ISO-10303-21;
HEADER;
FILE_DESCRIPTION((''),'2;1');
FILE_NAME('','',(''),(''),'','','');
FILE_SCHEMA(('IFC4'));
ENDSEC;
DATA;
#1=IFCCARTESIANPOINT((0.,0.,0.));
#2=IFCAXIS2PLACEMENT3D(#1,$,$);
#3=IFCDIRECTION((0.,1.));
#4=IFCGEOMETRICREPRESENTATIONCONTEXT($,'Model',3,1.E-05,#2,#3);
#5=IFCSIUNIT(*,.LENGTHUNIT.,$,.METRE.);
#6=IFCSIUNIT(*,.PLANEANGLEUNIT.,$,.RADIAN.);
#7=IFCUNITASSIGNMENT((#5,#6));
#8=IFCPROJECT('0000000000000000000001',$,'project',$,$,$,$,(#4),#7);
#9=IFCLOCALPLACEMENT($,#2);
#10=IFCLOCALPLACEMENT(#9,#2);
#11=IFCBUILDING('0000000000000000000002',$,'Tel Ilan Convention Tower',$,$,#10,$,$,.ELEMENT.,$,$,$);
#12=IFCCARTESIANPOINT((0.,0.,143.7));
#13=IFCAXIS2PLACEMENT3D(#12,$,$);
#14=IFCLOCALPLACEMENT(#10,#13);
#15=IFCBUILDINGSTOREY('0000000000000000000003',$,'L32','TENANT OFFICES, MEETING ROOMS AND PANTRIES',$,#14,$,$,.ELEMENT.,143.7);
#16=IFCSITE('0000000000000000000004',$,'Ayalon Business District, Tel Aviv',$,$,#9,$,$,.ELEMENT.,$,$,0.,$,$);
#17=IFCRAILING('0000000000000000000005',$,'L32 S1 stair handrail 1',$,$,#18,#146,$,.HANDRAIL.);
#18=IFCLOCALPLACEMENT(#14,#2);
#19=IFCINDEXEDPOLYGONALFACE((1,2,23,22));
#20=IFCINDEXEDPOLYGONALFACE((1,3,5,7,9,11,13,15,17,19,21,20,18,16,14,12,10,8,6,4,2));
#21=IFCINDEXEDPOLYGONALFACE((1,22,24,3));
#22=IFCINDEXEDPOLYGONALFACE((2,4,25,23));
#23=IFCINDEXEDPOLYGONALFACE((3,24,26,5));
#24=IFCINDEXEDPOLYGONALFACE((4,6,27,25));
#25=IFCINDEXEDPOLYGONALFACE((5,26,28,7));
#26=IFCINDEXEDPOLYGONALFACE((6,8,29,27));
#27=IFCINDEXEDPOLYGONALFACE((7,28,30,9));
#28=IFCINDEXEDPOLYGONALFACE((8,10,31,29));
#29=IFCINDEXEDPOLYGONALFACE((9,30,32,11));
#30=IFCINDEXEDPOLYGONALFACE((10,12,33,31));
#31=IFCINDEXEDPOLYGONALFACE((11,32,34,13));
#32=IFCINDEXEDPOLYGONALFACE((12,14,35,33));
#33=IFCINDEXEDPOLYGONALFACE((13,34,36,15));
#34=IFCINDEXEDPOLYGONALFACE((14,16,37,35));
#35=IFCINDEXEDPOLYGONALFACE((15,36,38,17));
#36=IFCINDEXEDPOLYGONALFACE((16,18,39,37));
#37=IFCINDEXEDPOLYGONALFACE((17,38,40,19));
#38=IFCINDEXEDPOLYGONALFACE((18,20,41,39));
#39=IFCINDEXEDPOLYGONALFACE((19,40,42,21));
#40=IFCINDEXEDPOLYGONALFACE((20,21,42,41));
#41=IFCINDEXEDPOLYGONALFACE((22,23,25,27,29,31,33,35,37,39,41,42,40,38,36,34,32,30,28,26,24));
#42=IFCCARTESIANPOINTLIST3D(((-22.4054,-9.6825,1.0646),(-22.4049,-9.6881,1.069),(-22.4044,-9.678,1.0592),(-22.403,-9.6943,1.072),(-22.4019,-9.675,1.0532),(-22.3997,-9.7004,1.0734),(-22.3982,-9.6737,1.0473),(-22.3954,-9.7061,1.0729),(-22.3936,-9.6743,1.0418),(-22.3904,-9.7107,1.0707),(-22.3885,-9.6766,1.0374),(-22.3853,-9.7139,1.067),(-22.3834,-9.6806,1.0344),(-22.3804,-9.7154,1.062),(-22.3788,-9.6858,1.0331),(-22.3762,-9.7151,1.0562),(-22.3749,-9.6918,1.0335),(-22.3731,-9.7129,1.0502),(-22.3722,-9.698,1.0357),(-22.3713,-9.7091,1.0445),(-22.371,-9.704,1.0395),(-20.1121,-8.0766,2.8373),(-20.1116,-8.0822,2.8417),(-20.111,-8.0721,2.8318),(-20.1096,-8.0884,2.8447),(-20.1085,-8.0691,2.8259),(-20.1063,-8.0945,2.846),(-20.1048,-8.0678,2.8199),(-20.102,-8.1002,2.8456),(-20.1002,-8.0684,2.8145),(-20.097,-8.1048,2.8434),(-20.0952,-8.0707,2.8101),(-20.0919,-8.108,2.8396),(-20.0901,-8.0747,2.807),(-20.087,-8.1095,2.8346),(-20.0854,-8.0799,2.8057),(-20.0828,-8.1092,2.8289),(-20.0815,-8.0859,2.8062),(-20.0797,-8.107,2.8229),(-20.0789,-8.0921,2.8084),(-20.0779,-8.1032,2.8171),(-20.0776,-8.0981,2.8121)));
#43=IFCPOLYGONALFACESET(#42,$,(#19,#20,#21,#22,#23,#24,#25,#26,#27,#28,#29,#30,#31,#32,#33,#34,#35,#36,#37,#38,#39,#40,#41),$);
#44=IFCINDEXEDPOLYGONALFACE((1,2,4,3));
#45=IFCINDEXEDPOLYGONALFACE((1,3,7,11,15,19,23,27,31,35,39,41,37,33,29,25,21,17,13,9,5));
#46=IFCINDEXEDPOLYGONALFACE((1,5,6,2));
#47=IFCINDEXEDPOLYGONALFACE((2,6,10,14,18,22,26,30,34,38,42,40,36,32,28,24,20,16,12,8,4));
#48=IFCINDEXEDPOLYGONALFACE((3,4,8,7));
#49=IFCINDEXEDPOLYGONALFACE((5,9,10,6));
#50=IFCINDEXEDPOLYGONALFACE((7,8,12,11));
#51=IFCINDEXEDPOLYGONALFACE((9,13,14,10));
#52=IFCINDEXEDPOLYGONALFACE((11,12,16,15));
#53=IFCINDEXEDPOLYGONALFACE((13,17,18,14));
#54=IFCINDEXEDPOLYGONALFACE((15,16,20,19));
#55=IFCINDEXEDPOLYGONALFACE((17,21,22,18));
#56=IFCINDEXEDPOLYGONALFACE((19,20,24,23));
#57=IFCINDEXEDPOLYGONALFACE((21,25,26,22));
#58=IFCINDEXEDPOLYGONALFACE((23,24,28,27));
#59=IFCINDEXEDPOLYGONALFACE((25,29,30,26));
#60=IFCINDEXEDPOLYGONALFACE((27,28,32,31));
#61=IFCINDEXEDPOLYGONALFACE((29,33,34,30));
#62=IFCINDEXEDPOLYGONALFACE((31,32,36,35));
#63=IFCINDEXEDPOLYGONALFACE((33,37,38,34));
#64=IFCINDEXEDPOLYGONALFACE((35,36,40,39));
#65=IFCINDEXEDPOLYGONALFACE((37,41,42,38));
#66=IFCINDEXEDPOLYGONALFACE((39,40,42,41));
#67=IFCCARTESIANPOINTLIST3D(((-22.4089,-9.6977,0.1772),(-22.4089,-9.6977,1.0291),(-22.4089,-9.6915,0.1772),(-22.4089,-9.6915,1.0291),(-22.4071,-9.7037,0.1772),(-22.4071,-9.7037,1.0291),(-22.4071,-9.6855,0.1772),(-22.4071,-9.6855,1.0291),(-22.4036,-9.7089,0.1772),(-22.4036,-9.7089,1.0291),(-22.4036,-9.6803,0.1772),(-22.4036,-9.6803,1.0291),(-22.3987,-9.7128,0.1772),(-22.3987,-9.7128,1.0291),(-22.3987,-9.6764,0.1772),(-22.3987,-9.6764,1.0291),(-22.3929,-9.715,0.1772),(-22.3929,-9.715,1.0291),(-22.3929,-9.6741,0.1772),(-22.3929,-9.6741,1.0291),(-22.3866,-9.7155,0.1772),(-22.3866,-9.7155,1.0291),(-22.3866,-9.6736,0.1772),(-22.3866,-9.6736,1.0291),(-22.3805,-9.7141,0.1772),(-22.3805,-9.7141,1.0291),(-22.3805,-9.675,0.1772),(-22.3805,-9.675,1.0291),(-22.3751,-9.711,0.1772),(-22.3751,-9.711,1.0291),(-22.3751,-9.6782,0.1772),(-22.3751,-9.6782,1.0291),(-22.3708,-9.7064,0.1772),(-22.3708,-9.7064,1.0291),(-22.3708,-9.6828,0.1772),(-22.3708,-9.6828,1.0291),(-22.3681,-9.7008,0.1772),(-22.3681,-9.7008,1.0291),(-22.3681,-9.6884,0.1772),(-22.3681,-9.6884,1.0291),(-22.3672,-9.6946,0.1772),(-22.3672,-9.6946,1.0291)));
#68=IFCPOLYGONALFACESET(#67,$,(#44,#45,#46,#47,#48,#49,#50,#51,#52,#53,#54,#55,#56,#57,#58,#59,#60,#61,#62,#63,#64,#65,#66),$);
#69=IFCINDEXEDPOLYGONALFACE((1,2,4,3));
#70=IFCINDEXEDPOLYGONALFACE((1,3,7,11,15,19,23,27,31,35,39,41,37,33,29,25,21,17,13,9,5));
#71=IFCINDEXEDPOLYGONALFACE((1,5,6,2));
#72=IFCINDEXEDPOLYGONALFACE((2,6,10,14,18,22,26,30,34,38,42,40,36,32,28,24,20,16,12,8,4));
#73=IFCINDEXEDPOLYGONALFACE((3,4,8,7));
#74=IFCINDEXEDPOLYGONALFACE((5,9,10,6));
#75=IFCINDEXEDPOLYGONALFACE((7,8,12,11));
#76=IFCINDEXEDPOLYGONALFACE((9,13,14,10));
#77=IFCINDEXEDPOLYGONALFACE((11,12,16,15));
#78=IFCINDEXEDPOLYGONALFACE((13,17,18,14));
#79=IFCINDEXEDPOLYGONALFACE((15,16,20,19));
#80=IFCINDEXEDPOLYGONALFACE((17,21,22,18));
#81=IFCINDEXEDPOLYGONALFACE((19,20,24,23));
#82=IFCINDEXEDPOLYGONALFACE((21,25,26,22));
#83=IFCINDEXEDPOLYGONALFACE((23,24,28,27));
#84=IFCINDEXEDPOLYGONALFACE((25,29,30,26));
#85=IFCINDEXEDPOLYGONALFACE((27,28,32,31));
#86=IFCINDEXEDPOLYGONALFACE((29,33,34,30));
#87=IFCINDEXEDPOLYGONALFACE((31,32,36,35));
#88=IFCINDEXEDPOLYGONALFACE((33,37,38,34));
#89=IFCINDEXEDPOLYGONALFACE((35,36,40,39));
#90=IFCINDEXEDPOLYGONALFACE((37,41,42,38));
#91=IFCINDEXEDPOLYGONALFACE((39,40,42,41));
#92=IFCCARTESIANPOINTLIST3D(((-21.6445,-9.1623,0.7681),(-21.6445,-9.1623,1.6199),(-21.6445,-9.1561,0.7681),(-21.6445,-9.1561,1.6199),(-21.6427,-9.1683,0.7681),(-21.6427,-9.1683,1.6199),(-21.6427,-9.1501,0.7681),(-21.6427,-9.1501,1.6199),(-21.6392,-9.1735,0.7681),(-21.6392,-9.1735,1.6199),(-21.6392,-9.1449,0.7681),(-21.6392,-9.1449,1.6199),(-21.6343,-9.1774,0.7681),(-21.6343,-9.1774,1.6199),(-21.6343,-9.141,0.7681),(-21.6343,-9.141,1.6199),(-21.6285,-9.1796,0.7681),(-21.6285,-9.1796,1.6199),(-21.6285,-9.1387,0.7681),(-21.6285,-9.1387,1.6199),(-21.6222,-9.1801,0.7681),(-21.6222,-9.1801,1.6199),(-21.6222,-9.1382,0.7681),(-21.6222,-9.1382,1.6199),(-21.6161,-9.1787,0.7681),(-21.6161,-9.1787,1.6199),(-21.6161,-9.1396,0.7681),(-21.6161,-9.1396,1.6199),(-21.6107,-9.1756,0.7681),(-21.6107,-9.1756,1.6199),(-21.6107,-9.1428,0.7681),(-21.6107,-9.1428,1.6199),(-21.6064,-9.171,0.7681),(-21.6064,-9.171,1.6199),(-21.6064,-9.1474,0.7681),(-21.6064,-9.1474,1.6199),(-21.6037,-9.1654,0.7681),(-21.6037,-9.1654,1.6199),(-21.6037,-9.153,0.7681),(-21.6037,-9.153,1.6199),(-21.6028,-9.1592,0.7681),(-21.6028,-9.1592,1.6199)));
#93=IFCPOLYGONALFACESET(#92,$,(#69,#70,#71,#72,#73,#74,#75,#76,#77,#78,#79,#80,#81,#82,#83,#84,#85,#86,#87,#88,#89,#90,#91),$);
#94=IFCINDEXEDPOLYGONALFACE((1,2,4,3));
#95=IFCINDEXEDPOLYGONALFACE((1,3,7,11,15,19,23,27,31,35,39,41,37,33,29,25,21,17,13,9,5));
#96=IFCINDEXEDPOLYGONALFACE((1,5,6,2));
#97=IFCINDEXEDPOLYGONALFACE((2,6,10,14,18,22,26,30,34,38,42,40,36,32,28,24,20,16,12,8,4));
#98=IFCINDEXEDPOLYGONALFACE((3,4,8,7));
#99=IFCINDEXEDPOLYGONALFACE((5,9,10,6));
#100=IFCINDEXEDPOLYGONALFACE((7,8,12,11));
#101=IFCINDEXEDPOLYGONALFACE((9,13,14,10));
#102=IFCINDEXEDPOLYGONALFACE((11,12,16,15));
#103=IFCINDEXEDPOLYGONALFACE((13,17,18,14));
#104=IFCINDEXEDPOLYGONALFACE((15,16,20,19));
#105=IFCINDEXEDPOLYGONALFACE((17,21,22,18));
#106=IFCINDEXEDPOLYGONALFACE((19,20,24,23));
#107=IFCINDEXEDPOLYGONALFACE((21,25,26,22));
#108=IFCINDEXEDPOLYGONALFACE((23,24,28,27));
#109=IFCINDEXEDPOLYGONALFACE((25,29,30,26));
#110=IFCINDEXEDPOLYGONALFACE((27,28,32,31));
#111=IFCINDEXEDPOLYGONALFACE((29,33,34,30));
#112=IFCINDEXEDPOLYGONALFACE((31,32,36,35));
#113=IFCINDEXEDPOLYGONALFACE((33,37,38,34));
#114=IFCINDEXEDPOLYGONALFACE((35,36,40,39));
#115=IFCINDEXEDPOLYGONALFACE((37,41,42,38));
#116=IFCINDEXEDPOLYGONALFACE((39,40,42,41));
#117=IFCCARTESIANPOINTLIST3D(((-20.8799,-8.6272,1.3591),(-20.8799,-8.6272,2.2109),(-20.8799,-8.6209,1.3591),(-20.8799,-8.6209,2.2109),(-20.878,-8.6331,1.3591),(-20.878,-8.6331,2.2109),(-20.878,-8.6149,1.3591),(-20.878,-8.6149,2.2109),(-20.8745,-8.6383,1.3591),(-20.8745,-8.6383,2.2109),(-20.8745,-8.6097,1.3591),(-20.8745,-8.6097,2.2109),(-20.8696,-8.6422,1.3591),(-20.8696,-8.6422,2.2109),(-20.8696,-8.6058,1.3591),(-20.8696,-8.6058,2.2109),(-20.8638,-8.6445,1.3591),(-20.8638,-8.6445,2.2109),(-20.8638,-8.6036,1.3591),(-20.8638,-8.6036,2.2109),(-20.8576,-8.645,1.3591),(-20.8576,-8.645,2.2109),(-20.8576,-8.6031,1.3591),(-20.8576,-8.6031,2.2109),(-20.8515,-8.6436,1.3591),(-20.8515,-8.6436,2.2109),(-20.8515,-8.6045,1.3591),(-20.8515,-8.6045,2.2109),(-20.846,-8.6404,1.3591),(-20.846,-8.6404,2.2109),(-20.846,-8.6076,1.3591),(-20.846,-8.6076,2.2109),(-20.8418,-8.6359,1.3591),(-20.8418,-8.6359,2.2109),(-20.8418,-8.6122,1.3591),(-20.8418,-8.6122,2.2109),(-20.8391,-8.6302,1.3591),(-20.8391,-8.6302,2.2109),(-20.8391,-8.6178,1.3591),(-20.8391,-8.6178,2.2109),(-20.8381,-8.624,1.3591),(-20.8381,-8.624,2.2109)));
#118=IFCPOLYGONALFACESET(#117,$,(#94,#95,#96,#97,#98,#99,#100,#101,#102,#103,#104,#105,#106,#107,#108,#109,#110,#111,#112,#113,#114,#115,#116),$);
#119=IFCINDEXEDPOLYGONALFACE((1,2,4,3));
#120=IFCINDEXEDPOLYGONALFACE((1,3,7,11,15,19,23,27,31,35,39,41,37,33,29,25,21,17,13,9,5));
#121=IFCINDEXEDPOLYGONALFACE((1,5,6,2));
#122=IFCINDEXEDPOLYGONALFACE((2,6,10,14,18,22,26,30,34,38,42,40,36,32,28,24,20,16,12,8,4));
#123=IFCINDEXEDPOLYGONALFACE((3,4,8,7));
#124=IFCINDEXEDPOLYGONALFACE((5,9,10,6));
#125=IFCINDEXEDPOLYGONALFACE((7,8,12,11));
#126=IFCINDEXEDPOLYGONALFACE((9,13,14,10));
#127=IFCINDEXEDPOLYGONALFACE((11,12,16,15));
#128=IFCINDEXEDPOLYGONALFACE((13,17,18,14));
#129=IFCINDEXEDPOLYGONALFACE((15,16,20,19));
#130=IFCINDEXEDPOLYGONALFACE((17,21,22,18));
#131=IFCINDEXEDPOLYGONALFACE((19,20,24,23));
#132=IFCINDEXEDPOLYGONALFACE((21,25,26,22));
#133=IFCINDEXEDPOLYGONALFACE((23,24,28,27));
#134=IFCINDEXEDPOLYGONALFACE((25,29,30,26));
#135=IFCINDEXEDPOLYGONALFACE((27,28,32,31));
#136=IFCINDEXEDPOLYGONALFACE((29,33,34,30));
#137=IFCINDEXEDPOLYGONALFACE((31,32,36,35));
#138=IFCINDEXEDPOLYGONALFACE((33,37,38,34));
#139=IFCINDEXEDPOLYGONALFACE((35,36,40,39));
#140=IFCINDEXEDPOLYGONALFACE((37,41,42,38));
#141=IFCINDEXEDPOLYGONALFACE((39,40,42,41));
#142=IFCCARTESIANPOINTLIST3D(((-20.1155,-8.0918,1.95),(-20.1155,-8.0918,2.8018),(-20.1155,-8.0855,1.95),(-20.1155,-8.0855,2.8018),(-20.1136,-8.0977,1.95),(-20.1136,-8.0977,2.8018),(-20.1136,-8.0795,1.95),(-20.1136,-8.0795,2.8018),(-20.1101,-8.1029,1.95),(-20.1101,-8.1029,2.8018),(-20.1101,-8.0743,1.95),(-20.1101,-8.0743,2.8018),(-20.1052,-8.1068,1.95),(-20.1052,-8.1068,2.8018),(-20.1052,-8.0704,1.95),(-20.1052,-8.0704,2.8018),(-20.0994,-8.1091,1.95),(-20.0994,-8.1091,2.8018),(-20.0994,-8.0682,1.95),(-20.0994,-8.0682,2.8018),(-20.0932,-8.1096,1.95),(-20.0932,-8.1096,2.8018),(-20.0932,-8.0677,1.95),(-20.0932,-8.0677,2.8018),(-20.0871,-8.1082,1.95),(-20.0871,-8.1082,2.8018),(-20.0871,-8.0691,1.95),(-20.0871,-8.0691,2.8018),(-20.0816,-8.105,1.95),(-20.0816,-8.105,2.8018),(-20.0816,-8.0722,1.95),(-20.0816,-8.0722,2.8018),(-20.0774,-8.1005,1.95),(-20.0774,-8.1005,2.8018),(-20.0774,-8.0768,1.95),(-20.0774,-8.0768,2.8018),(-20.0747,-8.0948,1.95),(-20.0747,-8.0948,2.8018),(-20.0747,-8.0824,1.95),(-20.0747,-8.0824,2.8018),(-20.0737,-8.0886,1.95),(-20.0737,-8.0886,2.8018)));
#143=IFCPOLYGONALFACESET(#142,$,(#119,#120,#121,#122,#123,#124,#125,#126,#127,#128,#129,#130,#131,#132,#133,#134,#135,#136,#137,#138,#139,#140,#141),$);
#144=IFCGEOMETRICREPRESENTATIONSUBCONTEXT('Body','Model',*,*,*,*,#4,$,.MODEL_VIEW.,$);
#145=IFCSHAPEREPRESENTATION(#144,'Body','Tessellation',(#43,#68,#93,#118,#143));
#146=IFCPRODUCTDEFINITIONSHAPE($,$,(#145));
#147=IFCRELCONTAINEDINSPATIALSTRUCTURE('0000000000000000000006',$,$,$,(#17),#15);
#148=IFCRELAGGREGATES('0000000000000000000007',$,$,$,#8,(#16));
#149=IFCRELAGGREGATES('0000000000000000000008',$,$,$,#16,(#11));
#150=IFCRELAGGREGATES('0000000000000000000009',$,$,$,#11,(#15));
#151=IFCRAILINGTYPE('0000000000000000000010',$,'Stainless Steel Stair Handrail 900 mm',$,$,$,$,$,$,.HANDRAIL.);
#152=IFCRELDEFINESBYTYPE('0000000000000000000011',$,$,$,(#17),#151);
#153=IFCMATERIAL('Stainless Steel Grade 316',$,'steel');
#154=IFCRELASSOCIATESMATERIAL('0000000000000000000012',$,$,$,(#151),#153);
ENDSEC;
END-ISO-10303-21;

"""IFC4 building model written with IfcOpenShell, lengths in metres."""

from ifc_helpers import new_model, si_unit, direction, frame, origin, origin_2d, place, context, subcontext, project, spatial, circle, extrude, material, type_object, element, save


model = new_model("IFC4")

# Units and contexts
model_context = context("Model", 3, precision=1e-05, world=origin(), true_north=direction((0.0, 1.0)))
body_context = subcontext(model_context, "Body", "Model", "MODEL_VIEW")
ifc_project = project(units=[si_unit("LENGTHUNIT", "METRE"), si_unit("PLANEANGLEUNIT", "RADIAN")], contexts=[model_context])

# Site, building, storey
site_placement = place(None, origin())
site = spatial("IfcSite", under=ifc_project, at=site_placement, Name="Ayalon Business District, Tel Aviv", CompositionType="ELEMENT", RefElevation=0.0)
building_placement = place(site_placement, origin())
building = spatial("IfcBuilding", under=site, at=building_placement, Name="Tel Ilan Convention Tower", CompositionType="ELEMENT")
storey_placement = place(building_placement, frame((0.0, 0.0, 143.7)))
storey = spatial("IfcBuildingStorey", under=building, at=storey_placement, Name="L32", Description="TENANT OFFICES, MEETING ROOMS AND PANTRIES", CompositionType="ELEMENT", Elevation=143.7)

# Railing
ifc_material_1 = material(Name="Stainless Steel Grade 316", Category="steel")
railing_type_1 = type_object("IfcRailingType", Name="Stainless Steel Stair Handrail 900 mm", PredefinedType="HANDRAIL", material=ifc_material_1)
railing_1_placement = place(storey_placement, frame((-22.3882, -9.6946, 0.1772)))
element("IfcRailing", 1, at=railing_1_placement, inside=storey, type_object=railing_type_1, Name="L32 S1 stair handrail 1", PredefinedType="HANDRAIL", context=body_context, shape_type="SweptSolid", body=[
    extrude(circle(Radius=0.0239, at=origin_2d()), frame((0.0, 0.0, 0.876), z_axis=(0.692085, 0.484621, 0.53494), x_axis=(-0.573591, 0.819142, 0.0)), (0.0, 0.0, 1.0), 3.3137),
    extrude(circle(Radius=0.021, at=origin_2d()), origin(), (0.0, 0.0, 1.0), 0.8518),
    extrude(circle(Radius=0.021, at=origin_2d()), frame((0.7644, 0.5354, 0.5908)), (0.0, 0.0, 1.0), 0.8518),
    extrude(circle(Radius=0.021, at=origin_2d()), frame((1.5291, 1.0706, 1.1819)), (0.0, 0.0, 1.0), 0.8518),
    extrude(circle(Radius=0.021, at=origin_2d()), frame((2.2935, 1.606, 1.7727)), (0.0, 0.0, 1.0), 0.8518),
])

save(model, "model.ifc")
